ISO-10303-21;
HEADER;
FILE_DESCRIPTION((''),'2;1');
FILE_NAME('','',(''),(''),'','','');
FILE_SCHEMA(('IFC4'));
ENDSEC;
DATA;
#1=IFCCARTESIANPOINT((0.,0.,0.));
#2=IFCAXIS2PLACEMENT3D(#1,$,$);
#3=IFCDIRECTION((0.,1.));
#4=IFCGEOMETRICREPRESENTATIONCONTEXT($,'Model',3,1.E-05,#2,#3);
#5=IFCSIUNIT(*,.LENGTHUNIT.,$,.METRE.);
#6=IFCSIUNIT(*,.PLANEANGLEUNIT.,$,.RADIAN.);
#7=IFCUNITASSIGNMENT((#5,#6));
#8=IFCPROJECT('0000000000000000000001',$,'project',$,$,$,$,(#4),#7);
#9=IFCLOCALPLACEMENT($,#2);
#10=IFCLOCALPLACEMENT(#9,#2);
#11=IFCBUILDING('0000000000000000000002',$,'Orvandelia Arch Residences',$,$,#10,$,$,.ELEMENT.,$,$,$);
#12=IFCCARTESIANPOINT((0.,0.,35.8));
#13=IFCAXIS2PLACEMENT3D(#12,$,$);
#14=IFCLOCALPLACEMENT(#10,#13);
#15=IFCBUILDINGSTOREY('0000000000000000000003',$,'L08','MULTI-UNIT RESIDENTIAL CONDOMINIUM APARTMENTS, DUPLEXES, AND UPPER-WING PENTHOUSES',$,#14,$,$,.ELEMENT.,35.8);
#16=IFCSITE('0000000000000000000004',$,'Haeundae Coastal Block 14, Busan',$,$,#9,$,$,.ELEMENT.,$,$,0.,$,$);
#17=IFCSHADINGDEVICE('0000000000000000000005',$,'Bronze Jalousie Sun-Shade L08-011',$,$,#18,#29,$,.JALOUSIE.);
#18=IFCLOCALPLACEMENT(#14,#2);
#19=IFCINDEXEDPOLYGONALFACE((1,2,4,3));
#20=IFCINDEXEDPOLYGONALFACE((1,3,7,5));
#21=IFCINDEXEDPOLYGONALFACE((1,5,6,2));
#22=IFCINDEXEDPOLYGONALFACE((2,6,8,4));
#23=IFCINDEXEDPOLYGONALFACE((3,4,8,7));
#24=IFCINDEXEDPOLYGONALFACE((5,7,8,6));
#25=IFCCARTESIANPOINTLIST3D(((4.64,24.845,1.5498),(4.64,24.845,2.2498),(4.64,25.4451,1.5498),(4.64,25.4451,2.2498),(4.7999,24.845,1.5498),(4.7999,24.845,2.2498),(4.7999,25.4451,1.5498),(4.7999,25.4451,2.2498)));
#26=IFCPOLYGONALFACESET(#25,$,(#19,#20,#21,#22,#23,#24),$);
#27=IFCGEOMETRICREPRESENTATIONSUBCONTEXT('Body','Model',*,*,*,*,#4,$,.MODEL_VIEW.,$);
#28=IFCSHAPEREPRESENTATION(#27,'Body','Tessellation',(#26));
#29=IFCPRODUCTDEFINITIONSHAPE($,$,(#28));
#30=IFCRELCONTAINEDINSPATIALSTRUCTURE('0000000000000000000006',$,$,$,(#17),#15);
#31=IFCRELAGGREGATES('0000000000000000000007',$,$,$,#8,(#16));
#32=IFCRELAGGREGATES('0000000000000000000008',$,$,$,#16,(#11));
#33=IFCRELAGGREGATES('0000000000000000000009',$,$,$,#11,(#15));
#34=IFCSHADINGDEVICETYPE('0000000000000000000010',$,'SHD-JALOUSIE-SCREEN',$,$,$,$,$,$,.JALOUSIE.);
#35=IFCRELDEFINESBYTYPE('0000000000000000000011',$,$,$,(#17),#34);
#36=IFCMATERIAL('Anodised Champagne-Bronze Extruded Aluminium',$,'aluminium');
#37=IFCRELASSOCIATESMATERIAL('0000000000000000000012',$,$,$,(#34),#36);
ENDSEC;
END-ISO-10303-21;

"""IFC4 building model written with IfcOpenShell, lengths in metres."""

from ifc_helpers import new_model, si_unit, direction, frame, origin, origin_2d, place, context, subcontext, project, spatial, rectangle, extrude, material, type_object, element, save


model = new_model("IFC4")

# Units and contexts
model_context = context("Model", 3, precision=1e-05, world=origin(), true_north=direction((0.0, 1.0)))
body_context = subcontext(model_context, "Body", "Model", "MODEL_VIEW")
ifc_project = project(units=[si_unit("LENGTHUNIT", "METRE"), si_unit("PLANEANGLEUNIT", "RADIAN")], contexts=[model_context])

# Site, building, storey
site_placement = place(None, origin())
site = spatial("IfcSite", under=ifc_project, at=site_placement, Name="Haeundae Coastal Block 14, Busan", CompositionType="ELEMENT", RefElevation=0.0)
building_placement = place(site_placement, origin())
building = spatial("IfcBuilding", under=site, at=building_placement, Name="Orvandelia Arch Residences", CompositionType="ELEMENT")
storey_placement = place(building_placement, frame((0.0, 0.0, 35.8)))
storey = spatial("IfcBuildingStorey", under=building, at=storey_placement, Name="L08", Description="MULTI-UNIT RESIDENTIAL CONDOMINIUM APARTMENTS, DUPLEXES, AND UPPER-WING PENTHOUSES", CompositionType="ELEMENT", Elevation=35.8)

# Shading device
ifc_material_1 = material(Name="Anodised Champagne-Bronze Extruded Aluminium", Category="aluminium")
shading_device_type = type_object("IfcShadingDeviceType", Name="SHD-JALOUSIE-SCREEN", PredefinedType="JALOUSIE", material=ifc_material_1)
shading_device_placement = place(storey_placement, frame((4.72, 25.145, 1.5498), z_axis=(0.0, 0.0, 1.0), x_axis=(0.0, 1.0, 0.0)))
element("IfcShadingDevice", 1, at=shading_device_placement, inside=storey, type_object=shading_device_type, Name="Bronze Jalousie Sun-Shade L08-011", PredefinedType="JALOUSIE", context=body_context, shape_type="SweptSolid", body=[
    extrude(rectangle(XDim=0.6001, YDim=0.1599, at=origin_2d()), origin(), (0.0, 0.0, 1.0), 0.7),
])

save(model, "model.ifc")
